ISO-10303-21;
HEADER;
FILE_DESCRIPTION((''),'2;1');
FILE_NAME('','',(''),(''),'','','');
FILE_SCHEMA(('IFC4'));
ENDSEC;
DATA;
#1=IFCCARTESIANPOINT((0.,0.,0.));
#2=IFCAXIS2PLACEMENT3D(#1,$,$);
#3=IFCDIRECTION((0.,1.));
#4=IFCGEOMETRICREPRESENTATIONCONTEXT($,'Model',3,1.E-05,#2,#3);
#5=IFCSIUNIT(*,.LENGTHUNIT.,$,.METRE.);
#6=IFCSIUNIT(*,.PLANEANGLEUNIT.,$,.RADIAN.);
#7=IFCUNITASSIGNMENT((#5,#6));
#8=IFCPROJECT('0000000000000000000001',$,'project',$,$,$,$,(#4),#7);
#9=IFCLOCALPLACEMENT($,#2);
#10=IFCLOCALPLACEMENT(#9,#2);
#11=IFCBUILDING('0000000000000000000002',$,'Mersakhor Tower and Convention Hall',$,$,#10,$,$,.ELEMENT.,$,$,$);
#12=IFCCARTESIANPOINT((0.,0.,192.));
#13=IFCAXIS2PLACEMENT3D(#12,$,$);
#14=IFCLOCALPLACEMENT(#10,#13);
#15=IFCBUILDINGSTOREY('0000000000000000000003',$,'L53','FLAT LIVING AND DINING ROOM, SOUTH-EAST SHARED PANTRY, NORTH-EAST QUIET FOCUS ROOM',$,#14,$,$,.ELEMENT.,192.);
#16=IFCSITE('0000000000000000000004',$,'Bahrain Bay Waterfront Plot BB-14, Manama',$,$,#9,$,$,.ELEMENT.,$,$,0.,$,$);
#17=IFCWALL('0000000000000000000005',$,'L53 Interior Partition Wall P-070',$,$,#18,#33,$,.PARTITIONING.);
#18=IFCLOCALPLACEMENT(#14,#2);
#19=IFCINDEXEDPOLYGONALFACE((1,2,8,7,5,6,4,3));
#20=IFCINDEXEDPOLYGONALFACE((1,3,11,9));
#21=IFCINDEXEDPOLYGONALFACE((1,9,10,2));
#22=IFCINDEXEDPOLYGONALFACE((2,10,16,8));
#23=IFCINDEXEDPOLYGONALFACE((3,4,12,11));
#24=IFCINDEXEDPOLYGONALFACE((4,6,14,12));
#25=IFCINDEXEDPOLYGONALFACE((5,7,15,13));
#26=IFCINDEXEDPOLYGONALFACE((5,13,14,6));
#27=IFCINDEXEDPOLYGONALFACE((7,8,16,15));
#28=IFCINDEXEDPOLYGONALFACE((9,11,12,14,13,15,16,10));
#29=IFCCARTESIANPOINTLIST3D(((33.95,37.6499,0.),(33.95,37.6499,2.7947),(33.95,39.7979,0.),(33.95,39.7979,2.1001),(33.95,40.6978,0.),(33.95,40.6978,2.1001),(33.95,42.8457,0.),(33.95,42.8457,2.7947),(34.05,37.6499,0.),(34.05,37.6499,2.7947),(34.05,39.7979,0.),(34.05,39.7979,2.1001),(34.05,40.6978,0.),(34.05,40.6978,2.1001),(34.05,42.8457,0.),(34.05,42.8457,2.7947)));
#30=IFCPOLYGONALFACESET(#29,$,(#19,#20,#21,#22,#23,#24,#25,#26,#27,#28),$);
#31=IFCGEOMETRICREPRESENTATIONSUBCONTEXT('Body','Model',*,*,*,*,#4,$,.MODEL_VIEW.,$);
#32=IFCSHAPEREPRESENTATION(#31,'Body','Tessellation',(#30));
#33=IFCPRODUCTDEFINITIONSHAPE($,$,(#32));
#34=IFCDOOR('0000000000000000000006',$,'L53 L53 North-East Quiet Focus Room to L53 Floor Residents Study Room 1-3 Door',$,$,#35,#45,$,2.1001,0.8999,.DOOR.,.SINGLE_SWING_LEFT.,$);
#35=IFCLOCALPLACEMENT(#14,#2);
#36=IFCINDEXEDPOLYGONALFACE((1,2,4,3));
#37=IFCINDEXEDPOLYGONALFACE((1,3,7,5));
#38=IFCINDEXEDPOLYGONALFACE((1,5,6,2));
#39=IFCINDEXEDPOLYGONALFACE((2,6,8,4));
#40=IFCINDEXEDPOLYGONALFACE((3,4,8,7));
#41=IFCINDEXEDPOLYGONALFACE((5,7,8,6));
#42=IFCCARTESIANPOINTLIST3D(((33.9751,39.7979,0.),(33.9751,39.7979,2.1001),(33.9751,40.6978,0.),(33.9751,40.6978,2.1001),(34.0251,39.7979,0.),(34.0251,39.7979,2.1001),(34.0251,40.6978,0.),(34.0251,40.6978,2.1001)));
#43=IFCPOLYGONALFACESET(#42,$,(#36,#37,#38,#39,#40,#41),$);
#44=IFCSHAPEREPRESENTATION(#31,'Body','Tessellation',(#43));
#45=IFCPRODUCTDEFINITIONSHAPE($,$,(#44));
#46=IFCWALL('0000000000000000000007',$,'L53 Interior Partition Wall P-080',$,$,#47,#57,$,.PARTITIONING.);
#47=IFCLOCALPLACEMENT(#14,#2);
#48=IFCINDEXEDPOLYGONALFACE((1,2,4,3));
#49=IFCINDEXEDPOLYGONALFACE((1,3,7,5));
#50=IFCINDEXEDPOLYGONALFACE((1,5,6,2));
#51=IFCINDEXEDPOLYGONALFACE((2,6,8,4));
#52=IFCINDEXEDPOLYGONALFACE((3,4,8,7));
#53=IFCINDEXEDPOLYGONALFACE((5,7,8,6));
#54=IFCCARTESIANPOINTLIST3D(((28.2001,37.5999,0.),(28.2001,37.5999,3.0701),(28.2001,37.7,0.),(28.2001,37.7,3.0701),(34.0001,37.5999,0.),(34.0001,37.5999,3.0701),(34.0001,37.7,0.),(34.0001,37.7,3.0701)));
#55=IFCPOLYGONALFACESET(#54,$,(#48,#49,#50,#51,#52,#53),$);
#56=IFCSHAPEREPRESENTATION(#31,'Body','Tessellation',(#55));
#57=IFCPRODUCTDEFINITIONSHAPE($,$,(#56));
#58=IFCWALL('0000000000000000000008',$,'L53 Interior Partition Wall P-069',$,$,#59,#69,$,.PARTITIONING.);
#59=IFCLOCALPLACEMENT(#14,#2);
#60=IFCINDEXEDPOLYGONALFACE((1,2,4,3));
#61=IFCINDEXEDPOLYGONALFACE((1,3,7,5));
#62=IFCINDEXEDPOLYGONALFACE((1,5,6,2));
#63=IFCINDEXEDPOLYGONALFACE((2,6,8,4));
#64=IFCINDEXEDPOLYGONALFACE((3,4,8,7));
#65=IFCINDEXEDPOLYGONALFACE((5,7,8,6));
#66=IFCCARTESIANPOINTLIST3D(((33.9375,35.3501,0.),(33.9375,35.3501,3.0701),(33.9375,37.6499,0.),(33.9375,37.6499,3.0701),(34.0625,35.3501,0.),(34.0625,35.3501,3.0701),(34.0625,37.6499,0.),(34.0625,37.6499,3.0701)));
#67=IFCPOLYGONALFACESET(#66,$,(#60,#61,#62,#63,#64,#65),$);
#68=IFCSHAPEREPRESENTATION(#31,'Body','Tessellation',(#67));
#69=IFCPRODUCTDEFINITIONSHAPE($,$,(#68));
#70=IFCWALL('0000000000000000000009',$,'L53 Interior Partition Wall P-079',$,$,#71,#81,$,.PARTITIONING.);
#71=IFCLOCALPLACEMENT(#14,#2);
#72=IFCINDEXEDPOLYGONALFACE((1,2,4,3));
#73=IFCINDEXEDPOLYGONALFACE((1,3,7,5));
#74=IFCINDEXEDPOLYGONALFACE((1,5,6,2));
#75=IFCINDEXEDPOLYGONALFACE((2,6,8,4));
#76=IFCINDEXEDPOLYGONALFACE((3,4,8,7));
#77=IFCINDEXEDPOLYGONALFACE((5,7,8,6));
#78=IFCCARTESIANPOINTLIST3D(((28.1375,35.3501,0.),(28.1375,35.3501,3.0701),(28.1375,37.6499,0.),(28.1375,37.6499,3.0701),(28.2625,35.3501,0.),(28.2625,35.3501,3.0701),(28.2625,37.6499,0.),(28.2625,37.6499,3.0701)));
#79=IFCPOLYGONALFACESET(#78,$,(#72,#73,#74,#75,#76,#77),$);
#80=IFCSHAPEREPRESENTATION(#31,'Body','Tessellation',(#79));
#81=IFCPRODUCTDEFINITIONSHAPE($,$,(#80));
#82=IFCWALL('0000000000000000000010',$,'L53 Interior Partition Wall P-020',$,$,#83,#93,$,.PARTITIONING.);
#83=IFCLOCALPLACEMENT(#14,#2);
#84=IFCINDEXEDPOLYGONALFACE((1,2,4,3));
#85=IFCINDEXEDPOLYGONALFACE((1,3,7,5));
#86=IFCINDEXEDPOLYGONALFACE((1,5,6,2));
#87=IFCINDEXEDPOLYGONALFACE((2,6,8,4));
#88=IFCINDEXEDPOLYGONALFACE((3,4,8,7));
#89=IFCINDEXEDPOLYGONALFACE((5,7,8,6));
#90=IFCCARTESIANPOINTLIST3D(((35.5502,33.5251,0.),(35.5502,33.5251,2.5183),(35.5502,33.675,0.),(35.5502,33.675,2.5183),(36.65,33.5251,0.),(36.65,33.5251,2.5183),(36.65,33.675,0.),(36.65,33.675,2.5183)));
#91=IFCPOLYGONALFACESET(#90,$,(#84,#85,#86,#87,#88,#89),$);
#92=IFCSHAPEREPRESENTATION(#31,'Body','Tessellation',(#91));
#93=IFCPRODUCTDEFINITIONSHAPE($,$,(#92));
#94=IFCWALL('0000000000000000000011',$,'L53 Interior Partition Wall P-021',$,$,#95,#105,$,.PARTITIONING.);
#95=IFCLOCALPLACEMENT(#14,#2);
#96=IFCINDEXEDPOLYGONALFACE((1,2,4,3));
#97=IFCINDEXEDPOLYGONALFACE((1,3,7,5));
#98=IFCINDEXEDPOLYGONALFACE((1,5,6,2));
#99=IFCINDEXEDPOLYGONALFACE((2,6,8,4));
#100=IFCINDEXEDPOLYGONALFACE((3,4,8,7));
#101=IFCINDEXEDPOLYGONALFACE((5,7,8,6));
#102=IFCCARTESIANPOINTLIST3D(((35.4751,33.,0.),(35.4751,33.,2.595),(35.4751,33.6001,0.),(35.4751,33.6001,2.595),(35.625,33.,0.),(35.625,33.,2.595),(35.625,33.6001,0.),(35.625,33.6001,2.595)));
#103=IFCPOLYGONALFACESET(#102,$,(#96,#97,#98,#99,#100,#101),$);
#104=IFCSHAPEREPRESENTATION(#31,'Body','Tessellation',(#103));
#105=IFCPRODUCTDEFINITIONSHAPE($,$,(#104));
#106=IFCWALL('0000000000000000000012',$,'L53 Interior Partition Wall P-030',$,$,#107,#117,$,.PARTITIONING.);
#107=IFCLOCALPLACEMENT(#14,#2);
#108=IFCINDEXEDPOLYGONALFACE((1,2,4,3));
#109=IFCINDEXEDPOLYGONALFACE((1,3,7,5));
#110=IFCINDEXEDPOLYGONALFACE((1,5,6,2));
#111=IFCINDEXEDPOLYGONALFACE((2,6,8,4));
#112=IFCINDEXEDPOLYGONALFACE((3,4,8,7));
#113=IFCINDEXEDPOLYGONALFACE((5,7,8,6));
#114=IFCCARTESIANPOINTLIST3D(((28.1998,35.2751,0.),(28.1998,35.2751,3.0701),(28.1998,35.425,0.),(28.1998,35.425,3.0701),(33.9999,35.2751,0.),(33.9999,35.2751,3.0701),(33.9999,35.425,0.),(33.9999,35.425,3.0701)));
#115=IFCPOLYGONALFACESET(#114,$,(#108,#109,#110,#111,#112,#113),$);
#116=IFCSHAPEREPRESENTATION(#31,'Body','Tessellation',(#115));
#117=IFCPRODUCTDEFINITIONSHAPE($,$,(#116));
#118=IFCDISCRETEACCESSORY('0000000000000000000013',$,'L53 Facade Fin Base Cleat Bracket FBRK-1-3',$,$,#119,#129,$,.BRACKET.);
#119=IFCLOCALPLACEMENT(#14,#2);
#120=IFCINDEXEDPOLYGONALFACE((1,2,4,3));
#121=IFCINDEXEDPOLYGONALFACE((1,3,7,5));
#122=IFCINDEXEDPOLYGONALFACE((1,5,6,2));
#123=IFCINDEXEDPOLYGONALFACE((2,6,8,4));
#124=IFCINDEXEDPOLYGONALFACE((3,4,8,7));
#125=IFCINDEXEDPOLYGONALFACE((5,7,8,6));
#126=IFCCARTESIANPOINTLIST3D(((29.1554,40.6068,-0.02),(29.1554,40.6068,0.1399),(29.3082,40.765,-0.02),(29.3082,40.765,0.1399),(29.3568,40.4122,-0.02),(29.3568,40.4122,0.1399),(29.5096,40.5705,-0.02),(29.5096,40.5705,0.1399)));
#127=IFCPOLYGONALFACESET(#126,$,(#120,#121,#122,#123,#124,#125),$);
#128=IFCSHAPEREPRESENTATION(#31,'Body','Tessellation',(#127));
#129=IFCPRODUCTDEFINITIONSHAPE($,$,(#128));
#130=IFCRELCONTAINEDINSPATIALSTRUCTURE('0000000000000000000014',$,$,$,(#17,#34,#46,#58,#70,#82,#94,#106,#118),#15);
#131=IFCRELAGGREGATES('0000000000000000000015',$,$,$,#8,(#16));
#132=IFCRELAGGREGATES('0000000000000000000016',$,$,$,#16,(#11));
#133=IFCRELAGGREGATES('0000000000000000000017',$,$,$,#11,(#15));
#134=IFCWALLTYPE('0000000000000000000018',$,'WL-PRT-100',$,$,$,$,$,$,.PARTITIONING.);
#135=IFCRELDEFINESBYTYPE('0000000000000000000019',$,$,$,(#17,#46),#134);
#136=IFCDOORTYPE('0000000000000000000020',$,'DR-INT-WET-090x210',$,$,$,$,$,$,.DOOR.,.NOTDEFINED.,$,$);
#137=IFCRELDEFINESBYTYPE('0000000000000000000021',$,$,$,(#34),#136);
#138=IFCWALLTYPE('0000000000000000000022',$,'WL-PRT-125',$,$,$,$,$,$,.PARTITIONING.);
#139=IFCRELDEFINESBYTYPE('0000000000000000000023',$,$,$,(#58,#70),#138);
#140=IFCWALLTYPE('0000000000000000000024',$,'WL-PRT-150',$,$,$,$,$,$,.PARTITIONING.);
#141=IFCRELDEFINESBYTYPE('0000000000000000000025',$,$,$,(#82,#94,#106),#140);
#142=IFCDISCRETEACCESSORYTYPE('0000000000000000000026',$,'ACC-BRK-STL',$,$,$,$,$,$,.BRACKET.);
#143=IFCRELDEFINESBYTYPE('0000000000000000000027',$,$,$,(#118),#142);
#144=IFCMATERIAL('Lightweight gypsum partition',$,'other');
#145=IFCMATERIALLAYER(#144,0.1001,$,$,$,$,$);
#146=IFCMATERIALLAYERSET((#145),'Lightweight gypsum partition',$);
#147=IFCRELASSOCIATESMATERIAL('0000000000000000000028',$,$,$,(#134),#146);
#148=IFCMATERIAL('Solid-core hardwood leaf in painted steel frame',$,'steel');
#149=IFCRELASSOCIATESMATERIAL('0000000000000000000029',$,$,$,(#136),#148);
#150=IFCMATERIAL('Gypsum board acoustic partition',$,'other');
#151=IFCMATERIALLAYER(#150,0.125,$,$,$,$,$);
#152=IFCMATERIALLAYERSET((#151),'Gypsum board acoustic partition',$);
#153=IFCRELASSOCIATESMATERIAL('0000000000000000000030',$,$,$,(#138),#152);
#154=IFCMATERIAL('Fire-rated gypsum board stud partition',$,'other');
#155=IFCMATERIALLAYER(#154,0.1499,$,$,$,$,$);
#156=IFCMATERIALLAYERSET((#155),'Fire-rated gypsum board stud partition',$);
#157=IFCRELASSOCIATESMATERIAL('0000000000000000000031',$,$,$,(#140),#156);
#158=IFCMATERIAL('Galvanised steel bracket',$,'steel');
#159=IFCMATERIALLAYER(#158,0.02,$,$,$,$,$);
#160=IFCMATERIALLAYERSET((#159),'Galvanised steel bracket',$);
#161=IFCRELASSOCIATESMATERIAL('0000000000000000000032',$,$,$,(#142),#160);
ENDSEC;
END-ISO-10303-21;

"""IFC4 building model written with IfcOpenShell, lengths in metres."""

from ifc_helpers import new_model, si_unit, direction, frame, frame_2d, origin, origin_2d, place, context, subcontext, project, spatial, rectangle, extrude, material, layer, layer_set, type_object, element, fill, save


model = new_model("IFC4")

# Units and contexts
model_context = context("Model", 3, precision=1e-05, world=origin(), true_north=direction((0.0, 1.0)))
body_context = subcontext(model_context, "Body", "Model", "MODEL_VIEW")
ifc_project = project(units=[si_unit("LENGTHUNIT", "METRE"), si_unit("PLANEANGLEUNIT", "RADIAN")], contexts=[model_context])

# Site, building, storey
site_placement = place(None, origin())
site = spatial("IfcSite", under=ifc_project, at=site_placement, Name="Bahrain Bay Waterfront Plot BB-14, Manama", CompositionType="ELEMENT", RefElevation=0.0)
building_placement = place(site_placement, origin())
building = spatial("IfcBuilding", under=site, at=building_placement, Name="Mersakhor Tower and Convention Hall", CompositionType="ELEMENT")
storey_placement = place(building_placement, frame((0.0, 0.0, 192.0)))
storey = spatial("IfcBuildingStorey", under=building, at=storey_placement, Name="L53", Description="FLAT LIVING AND DINING ROOM, SOUTH-EAST SHARED PANTRY, NORTH-EAST QUIET FOCUS ROOM", CompositionType="ELEMENT", Elevation=192.0)

# Wall, opening, door
ifc_material_1 = material(Name="Lightweight gypsum partition", Category="other")
ifc_layer_1 = layer(ifc_material_1, 0.1001)
ifc_layer_set_1 = layer_set([ifc_layer_1], Name="Lightweight gypsum partition")
wall_type_1 = type_object("IfcWallType", Name="WL-PRT-100", PredefinedType="PARTITIONING", material=ifc_layer_set_1)
wall_1_placement = place(storey_placement, frame((34.0, 37.6499, 0.0), z_axis=(0.0, 0.0, 1.0), x_axis=(0.0, 1.0, 0.0)))
wall_1 = element("IfcWall", 1, at=wall_1_placement, inside=storey, type_object=wall_type_1, Name="L53 Interior Partition Wall P-070", PredefinedType="PARTITIONING", context=body_context, shape_type="SweptSolid", body=[
    extrude(rectangle(XDim=5.1958, YDim=0.1001, at=frame_2d((2.5979, 0.0))), origin(), (0.0, 0.0, 1.0), 2.7947),
])
opening_1_placement = place(wall_1_placement, frame((2.1479, 0.0, 0.0)))
opening_1 = element("IfcOpeningElement", 2, at=opening_1_placement, cuts=wall_1, PredefinedType="OPENING", context=body_context, shape_type="SweptSolid", body=[
    extrude(rectangle(XDim=0.8999, YDim=2.1001, at=frame_2d((0.45, 1.05))), frame((0.0, 0.0601, 0.0), z_axis=(0.0, -1.0, 0.0), x_axis=(1.0, 0.0, 0.0)), (0.0, 0.0, 1.0), 0.1201),
])
ifc_material_2 = material(Name="Solid-core hardwood leaf in painted steel frame", Category="steel")
door_type_1 = type_object("IfcDoorType", Name="DR-INT-WET-090x210", OperationType="NOTDEFINED", PredefinedType="DOOR", material=ifc_material_2)
door_1_placement = place(opening_1_placement, origin())
door_1 = element("IfcDoor", 3, at=door_1_placement, inside=storey, type_object=door_type_1, Name="L53 L53 North-East Quiet Focus Room to L53 Floor Residents Study Room 1-3 Door", OperationType="SINGLE_SWING_LEFT", OverallHeight=2.1001, OverallWidth=0.8999, PredefinedType="DOOR", context=body_context, shape_type="SweptSolid", body=[
    extrude(rectangle(XDim=0.8999, YDim=2.1001, at=frame_2d((0.45, 1.05))), frame((0.0, 0.0249, 0.0), z_axis=(0.0, -1.0, 0.0), x_axis=(1.0, 0.0, 0.0)), (0.0, 0.0, 1.0), 0.05),
])
fill(opening_1, door_1)

# Walls
wall_2_placement = place(storey_placement, frame((34.0, 37.6499, 0.0), z_axis=(0.0, 0.0, 1.0), x_axis=(-1.0, 0.0, 0.0)))
element("IfcWall", 4, at=wall_2_placement, inside=storey, type_object=wall_type_1, Name="L53 Interior Partition Wall P-080", PredefinedType="PARTITIONING", context=body_context, shape_type="SweptSolid", body=[
    extrude(rectangle(XDim=5.8, YDim=0.1001, at=frame_2d((2.8999, 0.0))), origin(), (0.0, 0.0, 1.0), 3.0701),
])
ifc_material_3 = material(Name="Gypsum board acoustic partition", Category="other")
ifc_layer_2 = layer(ifc_material_3, 0.125)
ifc_layer_set_2 = layer_set([ifc_layer_2], Name="Gypsum board acoustic partition")
wall_type_2 = type_object("IfcWallType", Name="WL-PRT-125", PredefinedType="PARTITIONING", material=ifc_layer_set_2)
for number, where, z_axis, x_axis, name in (
    (5, (34.0, 35.3501, 0.0), (0.0, 0.0, 1.0), (0.0, 1.0, 0.0), "L53 Interior Partition Wall P-069"),
    (6, (28.2, 37.6499, 0.0), (0.0, 0.0, 1.0), (0.0, -1.0, 0.0), "L53 Interior Partition Wall P-079"),
):
    element("IfcWall", number, at=place(storey_placement, frame(where, z_axis=z_axis, x_axis=x_axis)), inside=storey, type_object=wall_type_2, Name=name, PredefinedType="PARTITIONING", context=body_context, shape_type="SweptSolid", body=[
        extrude(rectangle(XDim=2.2998, YDim=0.125, at=frame_2d((1.1499, 0.0))), origin(), (0.0, 0.0, 1.0), 3.0701),
    ])
ifc_material_4 = material(Name="Fire-rated gypsum board stud partition", Category="other")
ifc_layer_3 = layer(ifc_material_4, 0.1499)
ifc_layer_set_3 = layer_set([ifc_layer_3], Name="Fire-rated gypsum board stud partition")
wall_type_3 = type_object("IfcWallType", Name="WL-PRT-150", PredefinedType="PARTITIONING", material=ifc_layer_set_3)
wall_3_placement = place(storey_placement, frame((36.6499, 33.6001, 0.0), z_axis=(0.0, 0.0, 1.0), x_axis=(-1.0, 0.0, 0.0)))
element("IfcWall", 7, at=wall_3_placement, inside=storey, type_object=wall_type_3, Name="L53 Interior Partition Wall P-020", PredefinedType="PARTITIONING", context=body_context, shape_type="SweptSolid", body=[
    extrude(rectangle(XDim=1.0999, YDim=0.1499, at=frame_2d((0.5498, 0.0))), origin(), (0.0, 0.0, 1.0), 2.5183),
])
wall_4_placement = place(storey_placement, frame((35.55, 33.6001, 0.0), z_axis=(0.0, 0.0, 1.0), x_axis=(0.0, -1.0, 0.0)))
element("IfcWall", 8, at=wall_4_placement, inside=storey, type_object=wall_type_3, Name="L53 Interior Partition Wall P-021", PredefinedType="PARTITIONING", context=body_context, shape_type="SweptSolid", body=[
    extrude(rectangle(XDim=0.6001, YDim=0.1499, at=frame_2d((0.3, 0.0))), origin(), (0.0, 0.0, 1.0), 2.595),
])
wall_5_placement = place(storey_placement, frame((28.2, 35.3501, 0.0), z_axis=(0.0, 0.0, 1.0), x_axis=(1.0, 0.0, 0.0)))
element("IfcWall", 9, at=wall_5_placement, inside=storey, type_object=wall_type_3, Name="L53 Interior Partition Wall P-030", PredefinedType="PARTITIONING", context=body_context, shape_type="SweptSolid", body=[
    extrude(rectangle(XDim=5.8, YDim=0.1499, at=frame_2d((2.8999, 0.0))), origin(), (0.0, 0.0, 1.0), 3.0701),
])

# Discrete accessory
ifc_material_5 = material(Name="Galvanised steel bracket", Category="steel")
ifc_layer_4 = layer(ifc_material_5, 0.02)
ifc_layer_set_4 = layer_set([ifc_layer_4], Name="Galvanised steel bracket")
discrete_accessory_type = type_object("IfcDiscreteAccessoryType", Name="ACC-BRK-STL", PredefinedType="BRACKET", material=ifc_layer_set_4)
discrete_accessory_placement = place(storey_placement, frame((29.3325, 40.5886, -0.02), z_axis=(0.0, 0.0, 1.0), x_axis=(-0.71934, 0.694658, 0.0)))
element("IfcDiscreteAccessory", 10, at=discrete_accessory_placement, inside=storey, type_object=discrete_accessory_type, Name="L53 Facade Fin Base Cleat Bracket FBRK-1-3", PredefinedType="BRACKET", context=body_context, shape_type="SweptSolid", body=[
    extrude(rectangle(XDim=0.28, YDim=0.22, at=origin_2d()), origin(), (0.0, 0.0, 1.0), 0.1599),
])

save(model, "model.ifc")
